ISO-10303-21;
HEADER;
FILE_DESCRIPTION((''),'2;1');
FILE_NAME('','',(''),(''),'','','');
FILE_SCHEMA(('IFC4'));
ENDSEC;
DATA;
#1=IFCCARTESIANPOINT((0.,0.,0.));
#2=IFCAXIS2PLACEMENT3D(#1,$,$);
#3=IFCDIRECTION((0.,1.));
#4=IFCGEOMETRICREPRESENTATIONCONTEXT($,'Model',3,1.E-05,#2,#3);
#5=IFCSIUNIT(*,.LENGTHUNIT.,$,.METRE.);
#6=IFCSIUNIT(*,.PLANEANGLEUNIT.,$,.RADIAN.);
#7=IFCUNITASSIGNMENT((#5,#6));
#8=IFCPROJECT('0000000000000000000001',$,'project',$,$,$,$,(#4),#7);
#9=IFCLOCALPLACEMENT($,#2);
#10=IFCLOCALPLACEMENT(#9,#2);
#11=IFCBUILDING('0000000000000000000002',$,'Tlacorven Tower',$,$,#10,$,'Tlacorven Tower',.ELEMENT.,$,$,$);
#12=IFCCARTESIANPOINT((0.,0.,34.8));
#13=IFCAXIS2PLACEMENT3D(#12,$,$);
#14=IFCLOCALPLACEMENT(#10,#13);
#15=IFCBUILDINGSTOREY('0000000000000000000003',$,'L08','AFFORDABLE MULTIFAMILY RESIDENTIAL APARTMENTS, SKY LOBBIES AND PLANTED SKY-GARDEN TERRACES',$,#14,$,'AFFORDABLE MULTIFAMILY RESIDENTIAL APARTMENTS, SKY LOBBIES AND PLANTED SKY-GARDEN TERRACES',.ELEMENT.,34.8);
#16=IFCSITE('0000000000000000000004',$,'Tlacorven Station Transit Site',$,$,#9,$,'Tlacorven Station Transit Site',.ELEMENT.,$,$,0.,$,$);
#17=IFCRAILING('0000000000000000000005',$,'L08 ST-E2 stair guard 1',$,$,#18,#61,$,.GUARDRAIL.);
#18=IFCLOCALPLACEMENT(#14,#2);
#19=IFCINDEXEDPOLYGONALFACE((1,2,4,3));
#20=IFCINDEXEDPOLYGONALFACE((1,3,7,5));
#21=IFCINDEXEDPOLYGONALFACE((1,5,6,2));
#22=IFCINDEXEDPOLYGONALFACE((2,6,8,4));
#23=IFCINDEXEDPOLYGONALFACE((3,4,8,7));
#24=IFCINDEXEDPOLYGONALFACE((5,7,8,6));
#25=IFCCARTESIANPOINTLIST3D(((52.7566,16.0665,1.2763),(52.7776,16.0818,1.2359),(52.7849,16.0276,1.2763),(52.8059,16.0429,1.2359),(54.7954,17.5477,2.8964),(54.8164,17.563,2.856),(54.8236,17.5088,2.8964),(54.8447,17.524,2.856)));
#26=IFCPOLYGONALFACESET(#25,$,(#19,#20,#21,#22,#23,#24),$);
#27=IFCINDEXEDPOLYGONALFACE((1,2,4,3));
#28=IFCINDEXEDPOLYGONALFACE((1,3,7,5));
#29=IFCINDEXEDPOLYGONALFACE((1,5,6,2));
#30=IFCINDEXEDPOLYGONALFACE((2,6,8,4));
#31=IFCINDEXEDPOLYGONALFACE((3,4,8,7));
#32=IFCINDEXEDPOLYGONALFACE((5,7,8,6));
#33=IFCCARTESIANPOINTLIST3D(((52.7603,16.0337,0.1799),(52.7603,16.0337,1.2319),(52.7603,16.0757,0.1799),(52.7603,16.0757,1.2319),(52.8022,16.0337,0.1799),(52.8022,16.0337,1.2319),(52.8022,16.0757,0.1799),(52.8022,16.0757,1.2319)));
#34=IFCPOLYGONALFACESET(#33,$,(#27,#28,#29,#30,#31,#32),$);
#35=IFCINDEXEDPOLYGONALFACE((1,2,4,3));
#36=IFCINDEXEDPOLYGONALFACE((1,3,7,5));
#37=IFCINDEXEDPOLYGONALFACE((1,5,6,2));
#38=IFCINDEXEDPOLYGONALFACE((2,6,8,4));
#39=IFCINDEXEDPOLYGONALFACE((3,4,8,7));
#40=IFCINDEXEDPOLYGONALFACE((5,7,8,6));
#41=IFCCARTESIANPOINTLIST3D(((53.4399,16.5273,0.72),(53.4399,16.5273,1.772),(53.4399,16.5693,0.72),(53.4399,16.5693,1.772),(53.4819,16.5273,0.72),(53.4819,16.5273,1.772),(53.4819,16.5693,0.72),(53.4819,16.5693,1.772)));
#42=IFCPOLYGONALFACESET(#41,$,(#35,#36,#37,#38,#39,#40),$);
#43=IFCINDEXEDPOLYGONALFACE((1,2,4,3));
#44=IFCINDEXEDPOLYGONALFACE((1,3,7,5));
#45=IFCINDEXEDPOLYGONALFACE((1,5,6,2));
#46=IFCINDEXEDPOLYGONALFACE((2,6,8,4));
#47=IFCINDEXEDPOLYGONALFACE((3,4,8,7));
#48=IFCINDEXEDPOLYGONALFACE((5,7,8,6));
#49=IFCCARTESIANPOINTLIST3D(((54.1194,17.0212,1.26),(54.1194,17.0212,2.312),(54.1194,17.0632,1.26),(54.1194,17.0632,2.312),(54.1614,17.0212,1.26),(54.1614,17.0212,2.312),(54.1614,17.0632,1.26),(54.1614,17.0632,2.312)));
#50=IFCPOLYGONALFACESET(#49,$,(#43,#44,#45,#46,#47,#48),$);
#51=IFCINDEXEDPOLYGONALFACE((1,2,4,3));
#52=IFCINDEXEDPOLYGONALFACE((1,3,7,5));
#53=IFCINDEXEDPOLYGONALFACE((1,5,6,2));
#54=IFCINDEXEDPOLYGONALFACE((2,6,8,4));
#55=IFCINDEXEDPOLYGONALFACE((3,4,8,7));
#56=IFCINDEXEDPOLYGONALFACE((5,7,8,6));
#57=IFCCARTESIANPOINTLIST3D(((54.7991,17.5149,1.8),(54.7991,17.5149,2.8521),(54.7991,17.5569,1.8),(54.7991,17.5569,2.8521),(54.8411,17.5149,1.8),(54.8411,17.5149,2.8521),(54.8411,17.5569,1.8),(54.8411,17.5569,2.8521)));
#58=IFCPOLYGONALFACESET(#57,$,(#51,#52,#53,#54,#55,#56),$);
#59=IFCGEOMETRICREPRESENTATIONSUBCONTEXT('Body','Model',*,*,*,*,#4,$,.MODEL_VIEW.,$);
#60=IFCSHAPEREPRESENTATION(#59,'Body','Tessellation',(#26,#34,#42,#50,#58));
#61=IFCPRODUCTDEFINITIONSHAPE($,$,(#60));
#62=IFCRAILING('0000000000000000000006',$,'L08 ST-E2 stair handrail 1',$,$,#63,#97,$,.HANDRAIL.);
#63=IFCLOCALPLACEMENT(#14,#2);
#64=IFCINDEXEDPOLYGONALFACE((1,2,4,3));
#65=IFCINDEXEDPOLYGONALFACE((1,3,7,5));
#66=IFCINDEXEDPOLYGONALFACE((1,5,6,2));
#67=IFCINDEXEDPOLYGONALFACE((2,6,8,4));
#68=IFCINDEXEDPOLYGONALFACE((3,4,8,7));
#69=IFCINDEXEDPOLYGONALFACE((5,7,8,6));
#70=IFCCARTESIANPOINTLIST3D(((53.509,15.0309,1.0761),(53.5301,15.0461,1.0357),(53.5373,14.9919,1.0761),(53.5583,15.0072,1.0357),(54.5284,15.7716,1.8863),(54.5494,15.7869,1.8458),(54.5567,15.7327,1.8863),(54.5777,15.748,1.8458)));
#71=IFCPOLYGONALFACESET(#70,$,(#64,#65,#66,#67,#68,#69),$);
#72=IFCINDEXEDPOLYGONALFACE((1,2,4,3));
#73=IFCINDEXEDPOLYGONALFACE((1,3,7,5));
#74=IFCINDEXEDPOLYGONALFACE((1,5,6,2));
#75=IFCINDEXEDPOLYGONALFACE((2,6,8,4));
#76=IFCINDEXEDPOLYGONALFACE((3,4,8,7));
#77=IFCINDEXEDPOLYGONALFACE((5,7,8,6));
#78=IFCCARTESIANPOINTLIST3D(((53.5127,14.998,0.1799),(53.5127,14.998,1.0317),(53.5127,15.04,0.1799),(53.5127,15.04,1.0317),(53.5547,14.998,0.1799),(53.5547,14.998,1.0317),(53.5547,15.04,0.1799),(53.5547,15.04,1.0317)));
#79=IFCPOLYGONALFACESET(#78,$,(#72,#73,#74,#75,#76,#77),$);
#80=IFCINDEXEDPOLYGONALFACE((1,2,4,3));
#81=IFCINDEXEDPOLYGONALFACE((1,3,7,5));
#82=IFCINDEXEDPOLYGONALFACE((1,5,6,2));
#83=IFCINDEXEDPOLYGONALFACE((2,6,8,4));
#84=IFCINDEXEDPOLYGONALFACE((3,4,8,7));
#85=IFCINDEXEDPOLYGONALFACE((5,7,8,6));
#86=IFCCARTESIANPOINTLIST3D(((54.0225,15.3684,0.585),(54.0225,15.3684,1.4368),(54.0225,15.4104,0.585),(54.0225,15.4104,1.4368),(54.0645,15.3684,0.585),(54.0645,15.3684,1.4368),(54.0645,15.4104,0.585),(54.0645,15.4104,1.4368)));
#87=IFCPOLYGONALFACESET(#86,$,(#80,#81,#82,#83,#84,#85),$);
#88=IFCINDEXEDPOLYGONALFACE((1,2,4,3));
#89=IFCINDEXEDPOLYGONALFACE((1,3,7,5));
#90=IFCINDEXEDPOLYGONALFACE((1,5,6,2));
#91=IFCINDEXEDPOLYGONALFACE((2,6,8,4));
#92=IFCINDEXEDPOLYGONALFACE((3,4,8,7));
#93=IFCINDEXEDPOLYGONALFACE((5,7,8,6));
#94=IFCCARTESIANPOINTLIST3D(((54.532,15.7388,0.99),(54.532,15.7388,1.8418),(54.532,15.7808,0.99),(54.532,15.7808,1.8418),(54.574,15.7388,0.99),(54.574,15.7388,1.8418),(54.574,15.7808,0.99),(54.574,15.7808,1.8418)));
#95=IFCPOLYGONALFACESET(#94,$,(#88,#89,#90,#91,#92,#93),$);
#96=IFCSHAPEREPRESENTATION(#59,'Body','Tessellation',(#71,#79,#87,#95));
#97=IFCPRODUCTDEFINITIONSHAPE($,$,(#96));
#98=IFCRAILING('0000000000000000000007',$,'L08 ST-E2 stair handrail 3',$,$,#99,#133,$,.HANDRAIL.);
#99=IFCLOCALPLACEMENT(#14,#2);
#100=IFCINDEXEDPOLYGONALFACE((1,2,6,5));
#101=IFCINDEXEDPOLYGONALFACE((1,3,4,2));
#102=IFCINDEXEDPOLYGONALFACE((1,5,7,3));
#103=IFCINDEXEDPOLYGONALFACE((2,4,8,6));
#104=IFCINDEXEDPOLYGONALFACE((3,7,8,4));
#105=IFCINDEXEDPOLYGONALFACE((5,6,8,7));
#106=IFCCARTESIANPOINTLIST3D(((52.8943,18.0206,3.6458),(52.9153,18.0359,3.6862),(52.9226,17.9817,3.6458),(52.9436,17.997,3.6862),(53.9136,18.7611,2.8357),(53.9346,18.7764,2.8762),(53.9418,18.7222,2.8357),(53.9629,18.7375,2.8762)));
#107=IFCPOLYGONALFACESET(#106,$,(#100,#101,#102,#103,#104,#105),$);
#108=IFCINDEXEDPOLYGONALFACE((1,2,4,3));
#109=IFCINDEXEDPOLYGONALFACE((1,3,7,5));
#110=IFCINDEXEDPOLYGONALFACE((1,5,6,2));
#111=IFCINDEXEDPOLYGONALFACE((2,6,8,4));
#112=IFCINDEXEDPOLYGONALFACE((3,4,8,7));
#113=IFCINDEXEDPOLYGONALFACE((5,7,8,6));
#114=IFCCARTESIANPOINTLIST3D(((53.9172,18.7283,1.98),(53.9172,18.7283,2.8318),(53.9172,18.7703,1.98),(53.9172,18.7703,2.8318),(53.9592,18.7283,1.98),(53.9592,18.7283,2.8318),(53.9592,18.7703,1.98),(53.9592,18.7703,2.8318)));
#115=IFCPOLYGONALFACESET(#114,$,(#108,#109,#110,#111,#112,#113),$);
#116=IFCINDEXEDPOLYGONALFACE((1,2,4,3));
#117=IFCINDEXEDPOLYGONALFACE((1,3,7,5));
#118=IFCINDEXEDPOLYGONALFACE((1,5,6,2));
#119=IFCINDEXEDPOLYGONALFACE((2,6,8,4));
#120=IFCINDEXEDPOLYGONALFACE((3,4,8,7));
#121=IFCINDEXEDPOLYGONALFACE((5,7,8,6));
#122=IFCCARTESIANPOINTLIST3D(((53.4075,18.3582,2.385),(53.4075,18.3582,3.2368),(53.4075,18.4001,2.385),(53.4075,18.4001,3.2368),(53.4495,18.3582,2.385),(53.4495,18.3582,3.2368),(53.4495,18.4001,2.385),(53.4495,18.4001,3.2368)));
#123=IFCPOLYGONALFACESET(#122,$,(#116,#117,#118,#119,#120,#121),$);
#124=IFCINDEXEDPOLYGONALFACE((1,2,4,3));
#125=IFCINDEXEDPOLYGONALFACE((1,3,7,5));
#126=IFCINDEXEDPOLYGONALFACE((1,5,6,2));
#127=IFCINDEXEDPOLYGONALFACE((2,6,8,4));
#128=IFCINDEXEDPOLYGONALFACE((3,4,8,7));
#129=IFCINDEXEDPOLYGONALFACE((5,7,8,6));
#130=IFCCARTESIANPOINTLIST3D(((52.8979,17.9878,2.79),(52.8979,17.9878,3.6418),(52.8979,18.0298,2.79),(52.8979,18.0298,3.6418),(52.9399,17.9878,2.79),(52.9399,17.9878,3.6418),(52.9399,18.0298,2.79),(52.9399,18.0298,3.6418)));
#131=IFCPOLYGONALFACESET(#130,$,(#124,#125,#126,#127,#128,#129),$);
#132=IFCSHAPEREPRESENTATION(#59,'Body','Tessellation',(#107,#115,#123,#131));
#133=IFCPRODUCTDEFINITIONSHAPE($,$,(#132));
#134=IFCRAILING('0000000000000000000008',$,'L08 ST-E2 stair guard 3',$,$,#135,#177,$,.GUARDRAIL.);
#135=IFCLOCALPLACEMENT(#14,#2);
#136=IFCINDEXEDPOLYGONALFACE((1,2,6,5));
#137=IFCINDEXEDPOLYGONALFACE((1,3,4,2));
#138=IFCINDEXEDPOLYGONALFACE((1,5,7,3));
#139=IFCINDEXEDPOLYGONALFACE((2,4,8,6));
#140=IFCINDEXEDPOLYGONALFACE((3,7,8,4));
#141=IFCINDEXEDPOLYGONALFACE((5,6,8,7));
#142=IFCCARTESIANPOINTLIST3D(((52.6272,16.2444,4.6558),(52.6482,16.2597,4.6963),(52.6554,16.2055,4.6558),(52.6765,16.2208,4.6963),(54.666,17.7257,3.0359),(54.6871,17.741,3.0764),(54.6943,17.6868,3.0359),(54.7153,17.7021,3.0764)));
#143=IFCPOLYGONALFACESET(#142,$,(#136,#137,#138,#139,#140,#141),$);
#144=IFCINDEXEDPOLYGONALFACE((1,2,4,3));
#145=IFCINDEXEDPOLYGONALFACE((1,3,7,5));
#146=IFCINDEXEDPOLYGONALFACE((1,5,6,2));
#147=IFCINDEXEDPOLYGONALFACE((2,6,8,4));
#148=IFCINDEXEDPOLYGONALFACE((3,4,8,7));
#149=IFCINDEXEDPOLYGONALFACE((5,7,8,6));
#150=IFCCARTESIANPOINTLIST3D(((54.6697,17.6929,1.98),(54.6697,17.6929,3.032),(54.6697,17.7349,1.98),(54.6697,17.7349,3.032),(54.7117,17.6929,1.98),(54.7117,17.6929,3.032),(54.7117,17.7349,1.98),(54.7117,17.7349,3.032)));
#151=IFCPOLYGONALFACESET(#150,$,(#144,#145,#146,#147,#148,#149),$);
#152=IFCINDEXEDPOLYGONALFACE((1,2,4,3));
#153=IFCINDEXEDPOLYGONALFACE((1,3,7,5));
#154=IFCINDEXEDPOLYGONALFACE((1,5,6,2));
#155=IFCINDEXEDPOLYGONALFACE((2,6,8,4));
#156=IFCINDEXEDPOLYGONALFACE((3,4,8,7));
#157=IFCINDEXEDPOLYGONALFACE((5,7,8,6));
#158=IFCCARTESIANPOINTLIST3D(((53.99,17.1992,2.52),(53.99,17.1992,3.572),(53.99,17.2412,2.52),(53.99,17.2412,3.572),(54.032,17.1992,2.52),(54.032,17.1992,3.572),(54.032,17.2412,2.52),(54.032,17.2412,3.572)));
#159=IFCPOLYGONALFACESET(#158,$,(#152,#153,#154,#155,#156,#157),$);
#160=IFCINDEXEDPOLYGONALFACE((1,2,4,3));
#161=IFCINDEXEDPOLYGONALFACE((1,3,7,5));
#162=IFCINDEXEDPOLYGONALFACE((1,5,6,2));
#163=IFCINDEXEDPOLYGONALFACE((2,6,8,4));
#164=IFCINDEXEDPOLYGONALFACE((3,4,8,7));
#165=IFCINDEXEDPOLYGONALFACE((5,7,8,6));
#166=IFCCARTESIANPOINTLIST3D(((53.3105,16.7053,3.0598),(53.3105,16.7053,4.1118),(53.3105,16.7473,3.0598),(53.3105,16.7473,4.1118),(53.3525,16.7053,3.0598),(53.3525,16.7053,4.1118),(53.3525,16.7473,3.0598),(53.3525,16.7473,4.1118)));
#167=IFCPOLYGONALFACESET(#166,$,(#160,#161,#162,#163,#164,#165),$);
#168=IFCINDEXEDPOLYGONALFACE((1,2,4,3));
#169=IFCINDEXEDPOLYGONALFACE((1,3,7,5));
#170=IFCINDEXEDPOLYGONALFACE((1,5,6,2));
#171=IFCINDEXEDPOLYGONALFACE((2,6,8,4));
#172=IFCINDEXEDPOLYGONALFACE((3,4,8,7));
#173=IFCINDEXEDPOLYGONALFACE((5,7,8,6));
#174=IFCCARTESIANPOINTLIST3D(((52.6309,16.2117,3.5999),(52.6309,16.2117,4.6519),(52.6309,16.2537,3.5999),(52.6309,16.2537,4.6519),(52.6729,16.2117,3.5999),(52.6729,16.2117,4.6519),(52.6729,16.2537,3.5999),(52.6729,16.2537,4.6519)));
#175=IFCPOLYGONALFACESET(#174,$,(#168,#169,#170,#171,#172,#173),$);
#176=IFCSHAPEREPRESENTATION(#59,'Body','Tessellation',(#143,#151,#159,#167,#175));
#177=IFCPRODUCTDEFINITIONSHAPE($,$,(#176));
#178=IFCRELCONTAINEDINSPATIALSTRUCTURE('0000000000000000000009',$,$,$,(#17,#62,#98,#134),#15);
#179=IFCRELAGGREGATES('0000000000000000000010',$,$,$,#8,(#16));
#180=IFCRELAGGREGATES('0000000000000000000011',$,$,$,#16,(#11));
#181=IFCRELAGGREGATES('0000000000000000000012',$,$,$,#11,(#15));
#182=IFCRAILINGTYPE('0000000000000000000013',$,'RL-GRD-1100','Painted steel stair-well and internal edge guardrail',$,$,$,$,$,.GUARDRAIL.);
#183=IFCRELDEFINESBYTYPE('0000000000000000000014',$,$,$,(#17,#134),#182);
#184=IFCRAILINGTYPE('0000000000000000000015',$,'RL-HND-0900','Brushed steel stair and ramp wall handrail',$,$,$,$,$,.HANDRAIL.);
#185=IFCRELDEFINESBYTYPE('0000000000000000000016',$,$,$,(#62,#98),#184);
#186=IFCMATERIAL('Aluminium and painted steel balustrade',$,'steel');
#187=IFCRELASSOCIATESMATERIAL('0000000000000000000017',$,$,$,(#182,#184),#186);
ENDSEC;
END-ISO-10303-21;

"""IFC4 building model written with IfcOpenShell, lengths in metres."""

from ifc_helpers import new_model, si_unit, direction, frame, origin, origin_2d, place, context, subcontext, project, spatial, rectangle, extrude, source, transform, mapped, material, type_object, element, save


model = new_model("IFC4")

# Units and contexts
model_context = context("Model", 3, precision=1e-05, world=origin(), true_north=direction((0.0, 1.0)))
body_context = subcontext(model_context, "Body", "Model", "MODEL_VIEW")
ifc_project = project(units=[si_unit("LENGTHUNIT", "METRE"), si_unit("PLANEANGLEUNIT", "RADIAN")], contexts=[model_context])

# Site, building, storey
site_placement = place(None, origin())
site = spatial("IfcSite", under=ifc_project, at=site_placement, Name="Tlacorven Station Transit Site", LongName="Tlacorven Station Transit Site", CompositionType="ELEMENT", RefElevation=0.0)
building_placement = place(site_placement, origin())
building = spatial("IfcBuilding", under=site, at=building_placement, Name="Tlacorven Tower", LongName="Tlacorven Tower", CompositionType="ELEMENT")
storey_placement = place(building_placement, frame((0.0, 0.0, 34.8)))
storey = spatial("IfcBuildingStorey", under=building, at=storey_placement, Name="L08", Description="AFFORDABLE MULTIFAMILY RESIDENTIAL APARTMENTS, SKY LOBBIES AND PLANTED SKY-GARDEN TERRACES", LongName="AFFORDABLE MULTIFAMILY RESIDENTIAL APARTMENTS, SKY LOBBIES AND PLANTED SKY-GARDEN TERRACES", CompositionType="ELEMENT", Elevation=34.8)

# Railings
ifc_material_1 = material(Name="Aluminium and painted steel balustrade", Category="steel")
railing_type_1 = type_object("IfcRailingType", Name="RL-GRD-1100", Description="Painted steel stair-well and internal edge guardrail", PredefinedType="GUARDRAIL", material=ifc_material_1)
railing_type_2 = type_object("IfcRailingType", Name="RL-HND-0900", Description="Brushed steel stair and ramp wall handrail", PredefinedType="HANDRAIL", material=ifc_material_1)
shared_shape_1 = source(origin(), body_context, "Body", "SweptSolid", [
    extrude(rectangle(XDim=0.0481, YDim=0.0481, at=origin_2d()), frame((0.0, 0.0, 1.0762), z_axis=(0.680532, 0.494407, 0.540775), x_axis=(-0.587763, 0.809033, 0.0)), (0.0, 0.0, 1.0), 2.9958),
    extrude(rectangle(XDim=0.042, YDim=0.042, at=origin_2d()), origin(), (0.0, 0.0, 1.0), 1.052),
    extrude(rectangle(XDim=0.042, YDim=0.042, at=origin_2d()), frame((0.6797, 0.4937, 0.54)), (0.0, 0.0, 1.0), 1.052),
    extrude(rectangle(XDim=0.042, YDim=0.042, at=origin_2d()), frame((1.3591, 0.9875, 1.0801)), (0.0, 0.0, 1.0), 1.052),
    extrude(rectangle(XDim=0.042, YDim=0.042, at=origin_2d()), frame((2.0388, 1.4812, 1.6201)), (0.0, 0.0, 1.0), 1.052),
])
railing_1_placement = place(storey_placement, frame((52.7812, 16.0547, 0.1799)))
element("IfcRailing", 1, at=railing_1_placement, inside=storey, type_object=railing_type_1, Name="L08 ST-E2 stair guard 1", PredefinedType="GUARDRAIL", context=body_context, shape_type="MappedRepresentation", body=[
    mapped(shared_shape_1, transform((0.0, 0.0, 0.0), scale=1.0)),
])
shared_shape_2 = source(origin(), body_context, "Body", "SweptSolid", [
    extrude(rectangle(XDim=0.0481, YDim=0.0481, at=origin_2d()), frame((0.0, 0.0, 0.876), z_axis=(0.680461, 0.494496, 0.540783), x_axis=(-0.587872, 0.808954, 0.0)), (0.0, 0.0, 1.0), 1.498),
    extrude(rectangle(XDim=0.042, YDim=0.042, at=origin_2d()), origin(), (0.0, 0.0, 1.0), 0.8518),
    extrude(rectangle(XDim=0.042, YDim=0.042, at=origin_2d()), frame((0.5098, 0.3704, 0.405)), (0.0, 0.0, 1.0), 0.8518),
    extrude(rectangle(XDim=0.042, YDim=0.042, at=origin_2d()), frame((1.0193, 0.7407, 0.8101)), (0.0, 0.0, 1.0), 0.8518),
])
railing_2_placement = place(storey_placement, frame((53.5337, 15.019, 0.1799)))
element("IfcRailing", 2, at=railing_2_placement, inside=storey, type_object=railing_type_2, Name="L08 ST-E2 stair handrail 1", PredefinedType="HANDRAIL", context=body_context, shape_type="MappedRepresentation", body=[
    mapped(shared_shape_2, transform((0.0, 0.0, 0.0), scale=1.0)),
])
shared_shape_3 = source(origin(), body_context, "Body", "SweptSolid", [
    extrude(rectangle(XDim=0.0481, YDim=0.0481, at=origin_2d()), frame((0.0, 0.0, 0.876), z_axis=(-0.680516, -0.494373, 0.540827), x_axis=(0.587745, -0.809046, 0.0)), (0.0, 0.0, 1.0), 1.4978),
    extrude(rectangle(XDim=0.042, YDim=0.042, at=origin_2d()), origin(), (0.0, 0.0, 1.0), 0.8518),
    extrude(rectangle(XDim=0.042, YDim=0.042, at=origin_2d()), frame((-0.5098, -0.3701, 0.405)), (0.0, 0.0, 1.0), 0.8518),
    extrude(rectangle(XDim=0.042, YDim=0.042, at=origin_2d()), frame((-1.0193, -0.7405, 0.8101)), (0.0, 0.0, 1.0), 0.8518),
])
railing_3_placement = place(storey_placement, frame((53.9382, 18.7493, 1.98)))
element("IfcRailing", 3, at=railing_3_placement, inside=storey, type_object=railing_type_2, Name="L08 ST-E2 stair handrail 3", PredefinedType="HANDRAIL", context=body_context, shape_type="MappedRepresentation", body=[
    mapped(shared_shape_3, transform((0.0, 0.0, 0.0), scale=1.0)),
])
shared_shape_4 = source(origin(), body_context, "Body", "SweptSolid", [
    extrude(rectangle(XDim=0.0481, YDim=0.0481, at=origin_2d()), frame((0.0, 0.0, 1.0762), z_axis=(-0.680562, -0.494428, 0.540717), x_axis=(0.587763, -0.809033, 0.0)), (0.0, 0.0, 1.0), 2.9958),
    extrude(rectangle(XDim=0.042, YDim=0.042, at=origin_2d()), origin(), (0.0, 0.0, 1.0), 1.052),
    extrude(rectangle(XDim=0.042, YDim=0.042, at=origin_2d()), frame((-0.6797, -0.4937, 0.54)), (0.0, 0.0, 1.0), 1.052),
    extrude(rectangle(XDim=0.042, YDim=0.042, at=origin_2d()), frame((-1.3591, -0.9875, 1.0798)), (0.0, 0.0, 1.0), 1.052),
    extrude(rectangle(XDim=0.042, YDim=0.042, at=origin_2d()), frame((-2.0388, -1.4812, 1.6199)), (0.0, 0.0, 1.0), 1.052),
])
railing_4_placement = place(storey_placement, frame((54.6907, 17.7139, 1.98)))
element("IfcRailing", 4, at=railing_4_placement, inside=storey, type_object=railing_type_1, Name="L08 ST-E2 stair guard 3", PredefinedType="GUARDRAIL", context=body_context, shape_type="MappedRepresentation", body=[
    mapped(shared_shape_4, transform((0.0, 0.0, 0.0), scale=1.0)),
])

save(model, "model.ifc")
